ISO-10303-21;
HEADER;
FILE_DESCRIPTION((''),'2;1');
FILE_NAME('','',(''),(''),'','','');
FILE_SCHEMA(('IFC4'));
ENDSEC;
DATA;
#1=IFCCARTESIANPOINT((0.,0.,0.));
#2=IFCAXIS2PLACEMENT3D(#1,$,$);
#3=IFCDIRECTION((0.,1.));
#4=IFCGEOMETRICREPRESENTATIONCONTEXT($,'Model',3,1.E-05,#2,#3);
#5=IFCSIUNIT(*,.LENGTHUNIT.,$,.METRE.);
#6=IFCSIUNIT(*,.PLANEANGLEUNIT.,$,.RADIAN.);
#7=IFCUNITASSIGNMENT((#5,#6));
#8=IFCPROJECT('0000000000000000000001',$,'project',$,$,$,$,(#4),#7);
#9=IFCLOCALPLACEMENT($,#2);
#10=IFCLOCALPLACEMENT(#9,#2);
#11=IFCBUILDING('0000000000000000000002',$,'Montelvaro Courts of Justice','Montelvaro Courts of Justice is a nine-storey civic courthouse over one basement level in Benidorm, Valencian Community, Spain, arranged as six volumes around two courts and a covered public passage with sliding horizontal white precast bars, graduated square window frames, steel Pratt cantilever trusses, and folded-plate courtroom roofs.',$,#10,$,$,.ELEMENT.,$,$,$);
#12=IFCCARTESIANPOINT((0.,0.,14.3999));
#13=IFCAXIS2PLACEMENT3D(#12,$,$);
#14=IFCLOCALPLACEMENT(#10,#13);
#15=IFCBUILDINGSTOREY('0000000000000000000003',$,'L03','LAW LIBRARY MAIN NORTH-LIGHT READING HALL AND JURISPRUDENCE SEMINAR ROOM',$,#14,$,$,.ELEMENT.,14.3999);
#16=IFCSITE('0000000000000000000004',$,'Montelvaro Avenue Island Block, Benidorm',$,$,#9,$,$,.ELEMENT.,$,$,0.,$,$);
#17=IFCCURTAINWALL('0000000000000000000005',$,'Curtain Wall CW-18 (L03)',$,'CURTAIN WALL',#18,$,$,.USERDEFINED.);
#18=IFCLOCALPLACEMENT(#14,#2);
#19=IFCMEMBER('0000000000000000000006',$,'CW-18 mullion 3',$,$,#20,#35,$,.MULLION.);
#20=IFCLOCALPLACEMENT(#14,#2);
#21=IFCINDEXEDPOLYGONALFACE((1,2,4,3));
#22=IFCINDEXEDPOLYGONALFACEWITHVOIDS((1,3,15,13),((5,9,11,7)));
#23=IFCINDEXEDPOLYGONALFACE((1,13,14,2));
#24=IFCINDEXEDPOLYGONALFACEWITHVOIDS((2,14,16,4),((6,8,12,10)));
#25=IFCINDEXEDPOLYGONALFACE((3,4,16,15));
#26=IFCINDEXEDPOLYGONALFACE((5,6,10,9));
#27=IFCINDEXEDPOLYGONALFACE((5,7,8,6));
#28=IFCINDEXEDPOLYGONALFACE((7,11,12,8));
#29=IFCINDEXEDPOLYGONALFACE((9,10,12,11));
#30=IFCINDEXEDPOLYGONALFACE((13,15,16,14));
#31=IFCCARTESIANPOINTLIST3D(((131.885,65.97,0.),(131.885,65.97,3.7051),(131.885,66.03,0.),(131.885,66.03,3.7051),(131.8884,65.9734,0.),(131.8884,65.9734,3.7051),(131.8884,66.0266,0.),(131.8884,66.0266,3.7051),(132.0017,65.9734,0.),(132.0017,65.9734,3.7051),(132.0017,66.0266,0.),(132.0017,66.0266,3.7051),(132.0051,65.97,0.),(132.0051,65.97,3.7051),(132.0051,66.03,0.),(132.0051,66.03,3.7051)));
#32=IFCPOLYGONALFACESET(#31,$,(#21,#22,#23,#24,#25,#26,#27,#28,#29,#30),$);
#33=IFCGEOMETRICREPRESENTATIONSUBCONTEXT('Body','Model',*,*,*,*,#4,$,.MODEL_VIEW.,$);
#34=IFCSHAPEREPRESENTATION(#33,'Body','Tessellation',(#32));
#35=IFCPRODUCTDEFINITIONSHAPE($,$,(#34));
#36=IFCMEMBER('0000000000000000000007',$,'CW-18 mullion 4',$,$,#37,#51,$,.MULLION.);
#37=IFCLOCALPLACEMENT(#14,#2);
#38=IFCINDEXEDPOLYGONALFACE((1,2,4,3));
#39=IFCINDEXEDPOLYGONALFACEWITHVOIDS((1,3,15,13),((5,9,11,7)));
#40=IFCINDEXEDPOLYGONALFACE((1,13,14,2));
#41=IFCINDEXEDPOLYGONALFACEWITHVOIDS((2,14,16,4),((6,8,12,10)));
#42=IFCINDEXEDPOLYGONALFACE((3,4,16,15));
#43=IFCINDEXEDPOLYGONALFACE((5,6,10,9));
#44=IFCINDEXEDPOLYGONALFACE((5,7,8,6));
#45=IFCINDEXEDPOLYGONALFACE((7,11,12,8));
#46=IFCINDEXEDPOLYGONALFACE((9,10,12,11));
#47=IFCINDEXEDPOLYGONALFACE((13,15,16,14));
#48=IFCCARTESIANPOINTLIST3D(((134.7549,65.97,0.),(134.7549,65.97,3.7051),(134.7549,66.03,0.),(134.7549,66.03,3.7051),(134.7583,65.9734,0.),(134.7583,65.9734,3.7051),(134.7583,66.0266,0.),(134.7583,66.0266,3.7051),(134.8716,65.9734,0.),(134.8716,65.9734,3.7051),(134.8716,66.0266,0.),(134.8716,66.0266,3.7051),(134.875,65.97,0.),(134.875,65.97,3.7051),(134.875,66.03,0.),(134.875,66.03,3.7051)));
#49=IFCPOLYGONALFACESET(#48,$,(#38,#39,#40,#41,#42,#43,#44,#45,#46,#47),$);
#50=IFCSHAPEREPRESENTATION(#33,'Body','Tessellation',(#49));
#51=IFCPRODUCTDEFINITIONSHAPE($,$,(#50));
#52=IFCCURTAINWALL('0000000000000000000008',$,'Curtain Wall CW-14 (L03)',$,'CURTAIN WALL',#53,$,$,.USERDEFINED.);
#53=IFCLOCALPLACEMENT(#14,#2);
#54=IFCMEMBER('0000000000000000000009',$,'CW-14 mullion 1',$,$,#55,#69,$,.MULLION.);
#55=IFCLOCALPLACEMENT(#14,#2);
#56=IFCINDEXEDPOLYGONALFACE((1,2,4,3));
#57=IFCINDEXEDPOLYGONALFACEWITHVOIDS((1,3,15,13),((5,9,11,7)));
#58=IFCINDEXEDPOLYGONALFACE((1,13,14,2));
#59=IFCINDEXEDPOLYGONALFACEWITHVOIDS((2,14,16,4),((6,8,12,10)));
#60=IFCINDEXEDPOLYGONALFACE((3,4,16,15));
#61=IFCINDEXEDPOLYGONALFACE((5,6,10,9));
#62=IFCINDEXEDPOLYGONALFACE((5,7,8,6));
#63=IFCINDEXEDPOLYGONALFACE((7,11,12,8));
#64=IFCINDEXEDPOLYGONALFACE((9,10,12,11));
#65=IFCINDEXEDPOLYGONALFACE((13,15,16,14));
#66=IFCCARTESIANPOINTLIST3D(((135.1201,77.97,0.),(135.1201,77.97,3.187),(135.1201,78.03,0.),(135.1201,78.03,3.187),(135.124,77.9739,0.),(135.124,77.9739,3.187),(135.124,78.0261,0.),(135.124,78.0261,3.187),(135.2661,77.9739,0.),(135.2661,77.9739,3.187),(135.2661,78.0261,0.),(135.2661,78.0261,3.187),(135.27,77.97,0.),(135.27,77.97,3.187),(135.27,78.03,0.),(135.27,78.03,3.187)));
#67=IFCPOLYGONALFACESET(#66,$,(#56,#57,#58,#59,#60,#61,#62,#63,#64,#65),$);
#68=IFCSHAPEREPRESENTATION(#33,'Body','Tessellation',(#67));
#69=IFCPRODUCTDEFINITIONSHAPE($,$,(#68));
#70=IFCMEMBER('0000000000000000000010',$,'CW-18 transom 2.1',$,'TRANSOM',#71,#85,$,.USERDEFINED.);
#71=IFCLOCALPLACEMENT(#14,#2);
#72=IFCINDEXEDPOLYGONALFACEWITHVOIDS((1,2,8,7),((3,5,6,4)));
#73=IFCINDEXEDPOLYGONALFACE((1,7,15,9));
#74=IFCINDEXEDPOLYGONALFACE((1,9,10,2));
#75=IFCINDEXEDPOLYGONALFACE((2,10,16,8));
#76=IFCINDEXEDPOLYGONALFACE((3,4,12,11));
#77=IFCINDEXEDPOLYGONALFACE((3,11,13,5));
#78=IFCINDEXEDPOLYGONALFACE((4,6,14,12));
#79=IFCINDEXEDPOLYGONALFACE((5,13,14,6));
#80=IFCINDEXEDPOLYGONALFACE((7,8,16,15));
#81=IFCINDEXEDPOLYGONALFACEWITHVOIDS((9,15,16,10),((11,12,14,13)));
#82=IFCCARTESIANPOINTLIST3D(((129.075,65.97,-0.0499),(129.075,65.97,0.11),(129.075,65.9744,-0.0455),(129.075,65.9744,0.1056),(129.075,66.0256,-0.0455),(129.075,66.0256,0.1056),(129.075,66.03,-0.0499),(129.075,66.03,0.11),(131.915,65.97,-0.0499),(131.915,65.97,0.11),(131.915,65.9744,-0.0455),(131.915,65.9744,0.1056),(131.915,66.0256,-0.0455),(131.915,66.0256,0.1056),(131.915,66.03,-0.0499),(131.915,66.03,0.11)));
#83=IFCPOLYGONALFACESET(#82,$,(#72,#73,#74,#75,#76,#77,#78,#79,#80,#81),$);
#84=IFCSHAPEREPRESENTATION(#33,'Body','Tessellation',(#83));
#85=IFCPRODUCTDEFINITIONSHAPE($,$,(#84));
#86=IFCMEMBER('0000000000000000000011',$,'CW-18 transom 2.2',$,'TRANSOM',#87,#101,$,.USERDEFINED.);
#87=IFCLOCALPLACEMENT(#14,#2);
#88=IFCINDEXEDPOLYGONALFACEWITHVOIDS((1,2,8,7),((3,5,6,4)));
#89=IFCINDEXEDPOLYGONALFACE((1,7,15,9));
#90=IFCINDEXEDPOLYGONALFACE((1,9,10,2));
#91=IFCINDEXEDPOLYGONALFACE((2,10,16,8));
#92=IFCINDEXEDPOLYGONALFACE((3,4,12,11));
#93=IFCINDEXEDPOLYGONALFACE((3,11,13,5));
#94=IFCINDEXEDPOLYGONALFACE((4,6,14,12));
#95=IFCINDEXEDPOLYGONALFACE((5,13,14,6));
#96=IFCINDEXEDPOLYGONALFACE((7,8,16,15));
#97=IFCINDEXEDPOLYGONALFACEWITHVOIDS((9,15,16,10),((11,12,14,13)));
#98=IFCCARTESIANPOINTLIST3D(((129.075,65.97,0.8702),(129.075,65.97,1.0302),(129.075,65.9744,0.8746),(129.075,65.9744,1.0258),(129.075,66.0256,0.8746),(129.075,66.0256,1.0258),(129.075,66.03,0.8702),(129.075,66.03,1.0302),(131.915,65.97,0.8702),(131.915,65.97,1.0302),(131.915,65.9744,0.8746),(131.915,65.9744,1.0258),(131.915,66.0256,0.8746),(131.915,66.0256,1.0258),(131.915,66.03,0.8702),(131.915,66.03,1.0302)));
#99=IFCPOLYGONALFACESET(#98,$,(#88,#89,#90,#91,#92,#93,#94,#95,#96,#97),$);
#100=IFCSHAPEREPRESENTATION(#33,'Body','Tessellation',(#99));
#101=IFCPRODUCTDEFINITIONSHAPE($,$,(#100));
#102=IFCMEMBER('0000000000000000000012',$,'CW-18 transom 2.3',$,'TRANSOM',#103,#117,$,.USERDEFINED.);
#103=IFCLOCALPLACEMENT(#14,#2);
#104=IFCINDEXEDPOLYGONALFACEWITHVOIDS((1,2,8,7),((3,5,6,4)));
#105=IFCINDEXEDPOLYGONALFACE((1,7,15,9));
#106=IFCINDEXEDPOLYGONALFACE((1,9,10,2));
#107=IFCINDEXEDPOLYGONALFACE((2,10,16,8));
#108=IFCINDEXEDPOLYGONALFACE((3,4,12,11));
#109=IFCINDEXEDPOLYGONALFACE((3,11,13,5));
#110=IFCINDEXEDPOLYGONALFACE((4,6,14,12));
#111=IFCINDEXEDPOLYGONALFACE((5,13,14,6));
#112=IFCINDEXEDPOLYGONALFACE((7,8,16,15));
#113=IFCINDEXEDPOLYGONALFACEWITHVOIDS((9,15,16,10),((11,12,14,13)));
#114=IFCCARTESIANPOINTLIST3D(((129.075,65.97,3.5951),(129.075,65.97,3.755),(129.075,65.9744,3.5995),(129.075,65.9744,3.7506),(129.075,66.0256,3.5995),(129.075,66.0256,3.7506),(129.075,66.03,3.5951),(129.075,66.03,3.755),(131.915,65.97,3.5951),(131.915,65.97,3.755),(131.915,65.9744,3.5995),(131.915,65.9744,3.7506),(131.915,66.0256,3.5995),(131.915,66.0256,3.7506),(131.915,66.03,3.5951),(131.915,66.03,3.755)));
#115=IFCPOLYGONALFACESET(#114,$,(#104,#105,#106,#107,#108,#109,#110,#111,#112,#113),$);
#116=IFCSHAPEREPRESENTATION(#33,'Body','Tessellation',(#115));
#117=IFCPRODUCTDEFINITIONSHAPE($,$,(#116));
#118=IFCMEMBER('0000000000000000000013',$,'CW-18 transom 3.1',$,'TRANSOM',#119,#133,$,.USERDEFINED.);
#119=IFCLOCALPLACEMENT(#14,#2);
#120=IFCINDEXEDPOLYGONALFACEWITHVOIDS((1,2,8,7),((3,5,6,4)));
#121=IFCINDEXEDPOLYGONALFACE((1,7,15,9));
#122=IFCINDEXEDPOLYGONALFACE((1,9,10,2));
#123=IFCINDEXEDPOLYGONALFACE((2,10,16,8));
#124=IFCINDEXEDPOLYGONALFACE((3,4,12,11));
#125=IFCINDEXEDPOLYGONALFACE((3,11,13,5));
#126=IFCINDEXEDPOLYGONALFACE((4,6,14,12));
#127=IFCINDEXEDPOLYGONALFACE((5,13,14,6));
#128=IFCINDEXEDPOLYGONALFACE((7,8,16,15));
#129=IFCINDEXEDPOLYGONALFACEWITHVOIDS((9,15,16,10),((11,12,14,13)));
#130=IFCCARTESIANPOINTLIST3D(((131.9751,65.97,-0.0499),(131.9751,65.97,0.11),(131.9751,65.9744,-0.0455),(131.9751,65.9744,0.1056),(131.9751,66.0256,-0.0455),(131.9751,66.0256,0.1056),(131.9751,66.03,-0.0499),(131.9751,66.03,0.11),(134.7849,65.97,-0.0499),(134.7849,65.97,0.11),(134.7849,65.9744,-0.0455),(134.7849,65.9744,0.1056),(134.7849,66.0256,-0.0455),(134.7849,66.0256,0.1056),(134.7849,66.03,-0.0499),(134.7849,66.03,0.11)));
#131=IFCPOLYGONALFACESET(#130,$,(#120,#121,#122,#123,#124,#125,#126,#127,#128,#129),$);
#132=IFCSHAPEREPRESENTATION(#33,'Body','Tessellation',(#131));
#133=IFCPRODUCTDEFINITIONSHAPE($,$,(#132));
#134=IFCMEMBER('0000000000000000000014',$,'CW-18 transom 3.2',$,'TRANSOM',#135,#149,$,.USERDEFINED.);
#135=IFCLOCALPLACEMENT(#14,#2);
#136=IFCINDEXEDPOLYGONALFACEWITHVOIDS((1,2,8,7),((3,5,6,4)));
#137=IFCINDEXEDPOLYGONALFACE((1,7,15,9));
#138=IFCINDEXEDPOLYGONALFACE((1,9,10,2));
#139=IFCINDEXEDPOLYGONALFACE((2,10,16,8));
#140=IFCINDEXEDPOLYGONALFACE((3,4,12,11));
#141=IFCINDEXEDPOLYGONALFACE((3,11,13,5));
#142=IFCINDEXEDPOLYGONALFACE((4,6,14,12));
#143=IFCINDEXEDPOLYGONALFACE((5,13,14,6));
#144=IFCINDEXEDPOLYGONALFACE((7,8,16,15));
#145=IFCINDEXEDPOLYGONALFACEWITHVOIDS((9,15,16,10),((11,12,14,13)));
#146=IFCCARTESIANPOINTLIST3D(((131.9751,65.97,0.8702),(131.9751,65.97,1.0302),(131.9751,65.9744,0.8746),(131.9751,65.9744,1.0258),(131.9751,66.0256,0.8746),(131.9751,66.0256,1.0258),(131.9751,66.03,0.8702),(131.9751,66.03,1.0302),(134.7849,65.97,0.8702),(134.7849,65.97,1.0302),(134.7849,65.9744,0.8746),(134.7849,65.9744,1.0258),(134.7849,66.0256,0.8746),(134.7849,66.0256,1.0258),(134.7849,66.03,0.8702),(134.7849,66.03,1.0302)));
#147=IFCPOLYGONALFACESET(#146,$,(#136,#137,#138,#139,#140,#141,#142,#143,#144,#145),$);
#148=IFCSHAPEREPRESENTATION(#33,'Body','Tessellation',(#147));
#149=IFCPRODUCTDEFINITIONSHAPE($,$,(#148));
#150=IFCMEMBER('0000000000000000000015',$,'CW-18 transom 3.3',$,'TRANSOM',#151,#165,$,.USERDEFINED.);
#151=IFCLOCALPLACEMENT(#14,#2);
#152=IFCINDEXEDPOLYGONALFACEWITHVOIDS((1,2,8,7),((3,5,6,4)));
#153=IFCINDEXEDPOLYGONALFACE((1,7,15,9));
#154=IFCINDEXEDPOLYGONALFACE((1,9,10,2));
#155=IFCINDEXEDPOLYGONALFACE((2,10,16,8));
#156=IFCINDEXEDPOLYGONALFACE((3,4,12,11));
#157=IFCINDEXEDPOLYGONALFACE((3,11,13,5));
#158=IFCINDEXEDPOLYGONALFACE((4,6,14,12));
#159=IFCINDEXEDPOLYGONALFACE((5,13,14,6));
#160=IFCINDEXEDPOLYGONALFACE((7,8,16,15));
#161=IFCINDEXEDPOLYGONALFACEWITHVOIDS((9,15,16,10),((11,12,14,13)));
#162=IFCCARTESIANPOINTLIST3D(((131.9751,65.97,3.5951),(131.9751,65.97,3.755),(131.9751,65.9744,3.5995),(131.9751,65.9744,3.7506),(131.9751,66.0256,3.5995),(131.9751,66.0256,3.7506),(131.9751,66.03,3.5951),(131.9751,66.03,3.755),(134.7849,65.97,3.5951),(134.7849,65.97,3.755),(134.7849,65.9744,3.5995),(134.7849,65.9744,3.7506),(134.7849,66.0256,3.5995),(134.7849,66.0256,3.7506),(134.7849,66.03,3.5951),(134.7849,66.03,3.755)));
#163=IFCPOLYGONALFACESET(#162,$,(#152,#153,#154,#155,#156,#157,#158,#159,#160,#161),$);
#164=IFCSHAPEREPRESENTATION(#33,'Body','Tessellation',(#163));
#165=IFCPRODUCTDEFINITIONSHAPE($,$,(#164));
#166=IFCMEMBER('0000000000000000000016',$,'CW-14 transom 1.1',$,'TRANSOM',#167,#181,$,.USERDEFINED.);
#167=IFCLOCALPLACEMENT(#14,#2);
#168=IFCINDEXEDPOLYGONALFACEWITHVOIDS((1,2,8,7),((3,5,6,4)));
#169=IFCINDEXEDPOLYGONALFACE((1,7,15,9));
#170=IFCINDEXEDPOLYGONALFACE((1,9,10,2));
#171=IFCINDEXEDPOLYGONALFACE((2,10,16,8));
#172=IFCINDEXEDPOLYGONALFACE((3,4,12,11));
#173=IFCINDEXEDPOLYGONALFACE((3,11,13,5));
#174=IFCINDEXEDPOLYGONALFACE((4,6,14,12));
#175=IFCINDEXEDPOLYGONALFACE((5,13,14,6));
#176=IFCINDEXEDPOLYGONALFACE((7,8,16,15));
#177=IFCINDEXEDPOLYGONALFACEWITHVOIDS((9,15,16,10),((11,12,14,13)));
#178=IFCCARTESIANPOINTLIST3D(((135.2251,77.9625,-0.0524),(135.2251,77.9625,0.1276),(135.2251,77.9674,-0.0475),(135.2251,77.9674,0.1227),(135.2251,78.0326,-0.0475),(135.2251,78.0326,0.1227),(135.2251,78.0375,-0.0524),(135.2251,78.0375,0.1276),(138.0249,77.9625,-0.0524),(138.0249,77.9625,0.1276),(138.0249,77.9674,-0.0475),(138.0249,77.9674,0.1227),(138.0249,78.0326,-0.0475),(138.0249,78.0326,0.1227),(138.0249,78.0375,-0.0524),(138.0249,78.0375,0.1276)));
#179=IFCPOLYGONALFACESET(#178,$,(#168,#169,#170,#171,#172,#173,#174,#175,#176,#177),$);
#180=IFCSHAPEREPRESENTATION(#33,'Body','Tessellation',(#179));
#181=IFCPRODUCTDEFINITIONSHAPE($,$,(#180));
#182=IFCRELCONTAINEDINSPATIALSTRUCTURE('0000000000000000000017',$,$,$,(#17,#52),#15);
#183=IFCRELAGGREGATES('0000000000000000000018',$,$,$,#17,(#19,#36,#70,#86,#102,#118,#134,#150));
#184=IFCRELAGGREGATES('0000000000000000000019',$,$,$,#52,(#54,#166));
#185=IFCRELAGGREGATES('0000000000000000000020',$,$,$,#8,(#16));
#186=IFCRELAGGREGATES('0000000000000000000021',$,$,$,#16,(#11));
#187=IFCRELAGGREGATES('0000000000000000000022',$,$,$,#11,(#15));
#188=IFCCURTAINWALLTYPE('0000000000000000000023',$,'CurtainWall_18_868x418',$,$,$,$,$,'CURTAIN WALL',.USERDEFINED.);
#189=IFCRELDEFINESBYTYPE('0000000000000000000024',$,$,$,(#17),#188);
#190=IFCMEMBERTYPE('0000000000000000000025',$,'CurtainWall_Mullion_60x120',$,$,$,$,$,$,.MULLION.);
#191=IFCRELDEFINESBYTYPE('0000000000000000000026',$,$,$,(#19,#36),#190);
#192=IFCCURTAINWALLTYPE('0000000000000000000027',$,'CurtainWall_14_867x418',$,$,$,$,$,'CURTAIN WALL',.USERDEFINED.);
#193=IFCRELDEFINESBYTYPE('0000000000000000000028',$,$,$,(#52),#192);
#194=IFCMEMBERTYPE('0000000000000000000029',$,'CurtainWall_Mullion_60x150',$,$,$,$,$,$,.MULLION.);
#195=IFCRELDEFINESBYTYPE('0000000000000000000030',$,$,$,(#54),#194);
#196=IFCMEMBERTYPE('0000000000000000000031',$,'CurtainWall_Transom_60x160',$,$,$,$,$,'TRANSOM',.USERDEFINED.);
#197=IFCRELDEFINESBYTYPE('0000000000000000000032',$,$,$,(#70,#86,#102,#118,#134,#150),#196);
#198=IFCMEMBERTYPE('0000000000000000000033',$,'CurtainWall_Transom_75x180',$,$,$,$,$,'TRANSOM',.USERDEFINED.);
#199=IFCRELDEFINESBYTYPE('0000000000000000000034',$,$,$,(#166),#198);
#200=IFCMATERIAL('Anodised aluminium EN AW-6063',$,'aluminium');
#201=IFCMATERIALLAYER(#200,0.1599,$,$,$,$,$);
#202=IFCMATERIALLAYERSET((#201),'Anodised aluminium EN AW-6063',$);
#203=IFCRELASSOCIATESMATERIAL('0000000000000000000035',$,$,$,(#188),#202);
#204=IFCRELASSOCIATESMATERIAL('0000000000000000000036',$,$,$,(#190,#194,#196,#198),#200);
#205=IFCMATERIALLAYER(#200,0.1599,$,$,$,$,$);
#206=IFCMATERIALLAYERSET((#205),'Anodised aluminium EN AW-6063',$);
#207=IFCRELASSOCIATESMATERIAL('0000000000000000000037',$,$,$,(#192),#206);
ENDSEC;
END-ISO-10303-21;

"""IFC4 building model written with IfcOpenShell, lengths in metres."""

from ifc_helpers import new_model, si_unit, direction, frame, origin, origin_2d, place, context, subcontext, project, spatial, hollow_rectangle, extrude, material, layer, layer_set, material_profile, profile_set, type_object, element, aggregate, save


model = new_model("IFC4")

# Units and contexts
model_context = context("Model", 3, precision=1e-05, world=origin(), true_north=direction((0.0, 1.0)))
body_context = subcontext(model_context, "Body", "Model", "MODEL_VIEW")
ifc_project = project(units=[si_unit("LENGTHUNIT", "METRE"), si_unit("PLANEANGLEUNIT", "RADIAN")], contexts=[model_context])

# Site, building, storey
site_placement = place(None, origin())
site = spatial("IfcSite", under=ifc_project, at=site_placement, Name="Montelvaro Avenue Island Block, Benidorm", CompositionType="ELEMENT", RefElevation=0.0)
building_placement = place(site_placement, origin())
building = spatial("IfcBuilding", under=site, at=building_placement, Name="Montelvaro Courts of Justice", Description="Montelvaro Courts of Justice is a nine-storey civic courthouse over one basement level in Benidorm, Valencian Community, Spain, arranged as six volumes around two courts and a covered public passage with sliding horizontal white precast bars, graduated square window frames, steel Pratt cantilever trusses, and folded-plate courtroom roofs.", CompositionType="ELEMENT")
storey_placement = place(building_placement, frame((0.0, 0.0, 14.3999)))
storey = spatial("IfcBuildingStorey", under=building, at=storey_placement, Name="L03", Description="LAW LIBRARY MAIN NORTH-LIGHT READING HALL AND JURISPRUDENCE SEMINAR ROOM", CompositionType="ELEMENT", Elevation=14.3999)

# Curtain wall, members
ifc_material_1 = material(Name="Anodised aluminium EN AW-6063", Category="aluminium")
ifc_layer_1 = layer(ifc_material_1, 0.1599)
ifc_layer_set_1 = layer_set([ifc_layer_1], Name="Anodised aluminium EN AW-6063")
curtain_wall_type_1 = type_object("IfcCurtainWallType", Name="CurtainWall_18_868x418", ElementType="CURTAIN WALL", PredefinedType="USERDEFINED", material=ifc_layer_set_1)
curtain_wall_1_placement = place(storey_placement, origin())
curtain_wall_1 = element("IfcCurtainWall", 1, at=curtain_wall_1_placement, inside=storey, type_object=curtain_wall_type_1, Name="Curtain Wall CW-18 (L03)", ObjectType="CURTAIN WALL", PredefinedType="USERDEFINED")
ifc_material_profile_1 = material_profile(ifc_material_1, hollow_rectangle(XDim=0.0601, YDim=0.1201, WallThickness=0.0034, at=origin_2d()), Name="ALU-M 60x120")
ifc_profile_set_1 = profile_set([ifc_material_profile_1], Name="Anodised aluminium EN AW-6063")
member_type_1 = type_object("IfcMemberType", Name="CurtainWall_Mullion_60x120", PredefinedType="MULLION", material=ifc_profile_set_1)
member_1_placement = place(storey_placement, frame((131.9451, 66.0, 0.0), z_axis=(0.0, 0.0, 1.0), x_axis=(0.0, 1.0, 0.0)))
member_1 = element("IfcMember", 2, at=member_1_placement, type_object=member_type_1, Name="CW-18 mullion 3", PredefinedType="MULLION", context=body_context, shape_type="SweptSolid", body=[
    extrude(hollow_rectangle(XDim=0.0601, YDim=0.1201, WallThickness=0.0034, at=origin_2d()), origin(), (0.0, 0.0, 1.0), 3.7051),
])
member_2_placement = place(storey_placement, frame((134.8149, 66.0, 0.0), z_axis=(0.0, 0.0, 1.0), x_axis=(0.0, 1.0, 0.0)))
member_2 = element("IfcMember", 3, at=member_2_placement, type_object=member_type_1, Name="CW-18 mullion 4", PredefinedType="MULLION", context=body_context, shape_type="SweptSolid", body=[
    extrude(hollow_rectangle(XDim=0.0601, YDim=0.1201, WallThickness=0.0034, at=origin_2d()), origin(), (0.0, 0.0, 1.0), 3.7051),
])

# Curtain wall, member
ifc_layer_2 = layer(ifc_material_1, 0.1599)
ifc_layer_set_2 = layer_set([ifc_layer_2], Name="Anodised aluminium EN AW-6063")
curtain_wall_type_2 = type_object("IfcCurtainWallType", Name="CurtainWall_14_867x418", ElementType="CURTAIN WALL", PredefinedType="USERDEFINED", material=ifc_layer_set_2)
curtain_wall_2_placement = place(storey_placement, origin())
curtain_wall_2 = element("IfcCurtainWall", 4, at=curtain_wall_2_placement, inside=storey, type_object=curtain_wall_type_2, Name="Curtain Wall CW-14 (L03)", ObjectType="CURTAIN WALL", PredefinedType="USERDEFINED")
ifc_material_profile_2 = material_profile(ifc_material_1, hollow_rectangle(XDim=0.0601, YDim=0.1499, WallThickness=0.0039, at=origin_2d()), Name="ALU-M 60x150")
ifc_profile_set_2 = profile_set([ifc_material_profile_2], Name="Anodised aluminium EN AW-6063")
member_type_2 = type_object("IfcMemberType", Name="CurtainWall_Mullion_60x150", PredefinedType="MULLION", material=ifc_profile_set_2)
member_3_placement = place(storey_placement, frame((135.1951, 78.0, 0.0), z_axis=(0.0, 0.0, 1.0), x_axis=(0.0, 1.0, 0.0)))
member_3 = element("IfcMember", 5, at=member_3_placement, type_object=member_type_2, Name="CW-14 mullion 1", PredefinedType="MULLION", context=body_context, shape_type="SweptSolid", body=[
    extrude(hollow_rectangle(XDim=0.0601, YDim=0.1499, WallThickness=0.0039, at=origin_2d()), origin(), (0.0, 0.0, 1.0), 3.187),
])

# Members
ifc_material_profile_3 = material_profile(ifc_material_1, hollow_rectangle(XDim=0.0601, YDim=0.1599, WallThickness=0.0044, at=origin_2d()), Name="ALU-T 60x160")
ifc_profile_set_3 = profile_set([ifc_material_profile_3], Name="Anodised aluminium EN AW-6063")
member_type_3 = type_object("IfcMemberType", Name="CurtainWall_Transom_60x160", ElementType="TRANSOM", PredefinedType="USERDEFINED", material=ifc_profile_set_3)
member_4_placement = place(storey_placement, frame((129.075, 66.0, 0.03), z_axis=(1.0, 0.0, 0.0), x_axis=(0.0, 1.0, 0.0)))
member_4 = element("IfcMember", 6, at=member_4_placement, type_object=member_type_3, Name="CW-18 transom 2.1", ObjectType="TRANSOM", PredefinedType="USERDEFINED", context=body_context, shape_type="SweptSolid", body=[
    extrude(hollow_rectangle(XDim=0.0601, YDim=0.1599, WallThickness=0.0044, at=origin_2d()), origin(), (0.0, 0.0, 1.0), 2.8401),
])
member_5_placement = place(storey_placement, frame((129.075, 66.0, 0.9502), z_axis=(1.0, 0.0, 0.0), x_axis=(0.0, 1.0, 0.0)))
member_5 = element("IfcMember", 7, at=member_5_placement, type_object=member_type_3, Name="CW-18 transom 2.2", ObjectType="TRANSOM", PredefinedType="USERDEFINED", context=body_context, shape_type="SweptSolid", body=[
    extrude(hollow_rectangle(XDim=0.0601, YDim=0.1599, WallThickness=0.0044, at=origin_2d()), origin(), (0.0, 0.0, 1.0), 2.8401),
])
member_6_placement = place(storey_placement, frame((129.075, 66.0, 3.675), z_axis=(1.0, 0.0, 0.0), x_axis=(0.0, 1.0, 0.0)))
member_6 = element("IfcMember", 8, at=member_6_placement, type_object=member_type_3, Name="CW-18 transom 2.3", ObjectType="TRANSOM", PredefinedType="USERDEFINED", context=body_context, shape_type="SweptSolid", body=[
    extrude(hollow_rectangle(XDim=0.0601, YDim=0.1599, WallThickness=0.0044, at=origin_2d()), origin(), (0.0, 0.0, 1.0), 2.8401),
])
member_7_placement = place(storey_placement, frame((131.9751, 66.0, 0.03), z_axis=(1.0, 0.0, 0.0), x_axis=(0.0, 1.0, 0.0)))
member_7 = element("IfcMember", 9, at=member_7_placement, type_object=member_type_3, Name="CW-18 transom 3.1", ObjectType="TRANSOM", PredefinedType="USERDEFINED", context=body_context, shape_type="SweptSolid", body=[
    extrude(hollow_rectangle(XDim=0.0601, YDim=0.1599, WallThickness=0.0044, at=origin_2d()), origin(), (0.0, 0.0, 1.0), 2.8098),
])
member_8_placement = place(storey_placement, frame((131.9751, 66.0, 0.9502), z_axis=(1.0, 0.0, 0.0), x_axis=(0.0, 1.0, 0.0)))
member_8 = element("IfcMember", 10, at=member_8_placement, type_object=member_type_3, Name="CW-18 transom 3.2", ObjectType="TRANSOM", PredefinedType="USERDEFINED", context=body_context, shape_type="SweptSolid", body=[
    extrude(hollow_rectangle(XDim=0.0601, YDim=0.1599, WallThickness=0.0044, at=origin_2d()), origin(), (0.0, 0.0, 1.0), 2.8098),
])
member_9_placement = place(storey_placement, frame((131.9751, 66.0, 3.675), z_axis=(1.0, 0.0, 0.0), x_axis=(0.0, 1.0, 0.0)))
member_9 = element("IfcMember", 11, at=member_9_placement, type_object=member_type_3, Name="CW-18 transom 3.3", ObjectType="TRANSOM", PredefinedType="USERDEFINED", context=body_context, shape_type="SweptSolid", body=[
    extrude(hollow_rectangle(XDim=0.0601, YDim=0.1599, WallThickness=0.0044, at=origin_2d()), origin(), (0.0, 0.0, 1.0), 2.8098),
])
ifc_material_profile_4 = material_profile(ifc_material_1, hollow_rectangle(XDim=0.075, YDim=0.1799, WallThickness=0.0049, at=origin_2d()), Name="ALU-T 75x180")
ifc_profile_set_4 = profile_set([ifc_material_profile_4], Name="Anodised aluminium EN AW-6063")
member_type_4 = type_object("IfcMemberType", Name="CurtainWall_Transom_75x180", ElementType="TRANSOM", PredefinedType="USERDEFINED", material=ifc_profile_set_4)
member_10_placement = place(storey_placement, frame((135.2251, 78.0, 0.0376), z_axis=(1.0, 0.0, 0.0), x_axis=(0.0, 1.0, 0.0)))
member_10 = element("IfcMember", 12, at=member_10_placement, type_object=member_type_4, Name="CW-14 transom 1.1", ObjectType="TRANSOM", PredefinedType="USERDEFINED", context=body_context, shape_type="SweptSolid", body=[
    extrude(hollow_rectangle(XDim=0.075, YDim=0.1799, WallThickness=0.0049, at=origin_2d()), origin(), (0.0, 0.0, 1.0), 2.7998),
])

aggregate(curtain_wall_1, [member_1, member_2, member_4, member_5, member_6, member_7, member_8, member_9])
aggregate(curtain_wall_2, [member_3, member_10])

save(model, "model.ifc")
